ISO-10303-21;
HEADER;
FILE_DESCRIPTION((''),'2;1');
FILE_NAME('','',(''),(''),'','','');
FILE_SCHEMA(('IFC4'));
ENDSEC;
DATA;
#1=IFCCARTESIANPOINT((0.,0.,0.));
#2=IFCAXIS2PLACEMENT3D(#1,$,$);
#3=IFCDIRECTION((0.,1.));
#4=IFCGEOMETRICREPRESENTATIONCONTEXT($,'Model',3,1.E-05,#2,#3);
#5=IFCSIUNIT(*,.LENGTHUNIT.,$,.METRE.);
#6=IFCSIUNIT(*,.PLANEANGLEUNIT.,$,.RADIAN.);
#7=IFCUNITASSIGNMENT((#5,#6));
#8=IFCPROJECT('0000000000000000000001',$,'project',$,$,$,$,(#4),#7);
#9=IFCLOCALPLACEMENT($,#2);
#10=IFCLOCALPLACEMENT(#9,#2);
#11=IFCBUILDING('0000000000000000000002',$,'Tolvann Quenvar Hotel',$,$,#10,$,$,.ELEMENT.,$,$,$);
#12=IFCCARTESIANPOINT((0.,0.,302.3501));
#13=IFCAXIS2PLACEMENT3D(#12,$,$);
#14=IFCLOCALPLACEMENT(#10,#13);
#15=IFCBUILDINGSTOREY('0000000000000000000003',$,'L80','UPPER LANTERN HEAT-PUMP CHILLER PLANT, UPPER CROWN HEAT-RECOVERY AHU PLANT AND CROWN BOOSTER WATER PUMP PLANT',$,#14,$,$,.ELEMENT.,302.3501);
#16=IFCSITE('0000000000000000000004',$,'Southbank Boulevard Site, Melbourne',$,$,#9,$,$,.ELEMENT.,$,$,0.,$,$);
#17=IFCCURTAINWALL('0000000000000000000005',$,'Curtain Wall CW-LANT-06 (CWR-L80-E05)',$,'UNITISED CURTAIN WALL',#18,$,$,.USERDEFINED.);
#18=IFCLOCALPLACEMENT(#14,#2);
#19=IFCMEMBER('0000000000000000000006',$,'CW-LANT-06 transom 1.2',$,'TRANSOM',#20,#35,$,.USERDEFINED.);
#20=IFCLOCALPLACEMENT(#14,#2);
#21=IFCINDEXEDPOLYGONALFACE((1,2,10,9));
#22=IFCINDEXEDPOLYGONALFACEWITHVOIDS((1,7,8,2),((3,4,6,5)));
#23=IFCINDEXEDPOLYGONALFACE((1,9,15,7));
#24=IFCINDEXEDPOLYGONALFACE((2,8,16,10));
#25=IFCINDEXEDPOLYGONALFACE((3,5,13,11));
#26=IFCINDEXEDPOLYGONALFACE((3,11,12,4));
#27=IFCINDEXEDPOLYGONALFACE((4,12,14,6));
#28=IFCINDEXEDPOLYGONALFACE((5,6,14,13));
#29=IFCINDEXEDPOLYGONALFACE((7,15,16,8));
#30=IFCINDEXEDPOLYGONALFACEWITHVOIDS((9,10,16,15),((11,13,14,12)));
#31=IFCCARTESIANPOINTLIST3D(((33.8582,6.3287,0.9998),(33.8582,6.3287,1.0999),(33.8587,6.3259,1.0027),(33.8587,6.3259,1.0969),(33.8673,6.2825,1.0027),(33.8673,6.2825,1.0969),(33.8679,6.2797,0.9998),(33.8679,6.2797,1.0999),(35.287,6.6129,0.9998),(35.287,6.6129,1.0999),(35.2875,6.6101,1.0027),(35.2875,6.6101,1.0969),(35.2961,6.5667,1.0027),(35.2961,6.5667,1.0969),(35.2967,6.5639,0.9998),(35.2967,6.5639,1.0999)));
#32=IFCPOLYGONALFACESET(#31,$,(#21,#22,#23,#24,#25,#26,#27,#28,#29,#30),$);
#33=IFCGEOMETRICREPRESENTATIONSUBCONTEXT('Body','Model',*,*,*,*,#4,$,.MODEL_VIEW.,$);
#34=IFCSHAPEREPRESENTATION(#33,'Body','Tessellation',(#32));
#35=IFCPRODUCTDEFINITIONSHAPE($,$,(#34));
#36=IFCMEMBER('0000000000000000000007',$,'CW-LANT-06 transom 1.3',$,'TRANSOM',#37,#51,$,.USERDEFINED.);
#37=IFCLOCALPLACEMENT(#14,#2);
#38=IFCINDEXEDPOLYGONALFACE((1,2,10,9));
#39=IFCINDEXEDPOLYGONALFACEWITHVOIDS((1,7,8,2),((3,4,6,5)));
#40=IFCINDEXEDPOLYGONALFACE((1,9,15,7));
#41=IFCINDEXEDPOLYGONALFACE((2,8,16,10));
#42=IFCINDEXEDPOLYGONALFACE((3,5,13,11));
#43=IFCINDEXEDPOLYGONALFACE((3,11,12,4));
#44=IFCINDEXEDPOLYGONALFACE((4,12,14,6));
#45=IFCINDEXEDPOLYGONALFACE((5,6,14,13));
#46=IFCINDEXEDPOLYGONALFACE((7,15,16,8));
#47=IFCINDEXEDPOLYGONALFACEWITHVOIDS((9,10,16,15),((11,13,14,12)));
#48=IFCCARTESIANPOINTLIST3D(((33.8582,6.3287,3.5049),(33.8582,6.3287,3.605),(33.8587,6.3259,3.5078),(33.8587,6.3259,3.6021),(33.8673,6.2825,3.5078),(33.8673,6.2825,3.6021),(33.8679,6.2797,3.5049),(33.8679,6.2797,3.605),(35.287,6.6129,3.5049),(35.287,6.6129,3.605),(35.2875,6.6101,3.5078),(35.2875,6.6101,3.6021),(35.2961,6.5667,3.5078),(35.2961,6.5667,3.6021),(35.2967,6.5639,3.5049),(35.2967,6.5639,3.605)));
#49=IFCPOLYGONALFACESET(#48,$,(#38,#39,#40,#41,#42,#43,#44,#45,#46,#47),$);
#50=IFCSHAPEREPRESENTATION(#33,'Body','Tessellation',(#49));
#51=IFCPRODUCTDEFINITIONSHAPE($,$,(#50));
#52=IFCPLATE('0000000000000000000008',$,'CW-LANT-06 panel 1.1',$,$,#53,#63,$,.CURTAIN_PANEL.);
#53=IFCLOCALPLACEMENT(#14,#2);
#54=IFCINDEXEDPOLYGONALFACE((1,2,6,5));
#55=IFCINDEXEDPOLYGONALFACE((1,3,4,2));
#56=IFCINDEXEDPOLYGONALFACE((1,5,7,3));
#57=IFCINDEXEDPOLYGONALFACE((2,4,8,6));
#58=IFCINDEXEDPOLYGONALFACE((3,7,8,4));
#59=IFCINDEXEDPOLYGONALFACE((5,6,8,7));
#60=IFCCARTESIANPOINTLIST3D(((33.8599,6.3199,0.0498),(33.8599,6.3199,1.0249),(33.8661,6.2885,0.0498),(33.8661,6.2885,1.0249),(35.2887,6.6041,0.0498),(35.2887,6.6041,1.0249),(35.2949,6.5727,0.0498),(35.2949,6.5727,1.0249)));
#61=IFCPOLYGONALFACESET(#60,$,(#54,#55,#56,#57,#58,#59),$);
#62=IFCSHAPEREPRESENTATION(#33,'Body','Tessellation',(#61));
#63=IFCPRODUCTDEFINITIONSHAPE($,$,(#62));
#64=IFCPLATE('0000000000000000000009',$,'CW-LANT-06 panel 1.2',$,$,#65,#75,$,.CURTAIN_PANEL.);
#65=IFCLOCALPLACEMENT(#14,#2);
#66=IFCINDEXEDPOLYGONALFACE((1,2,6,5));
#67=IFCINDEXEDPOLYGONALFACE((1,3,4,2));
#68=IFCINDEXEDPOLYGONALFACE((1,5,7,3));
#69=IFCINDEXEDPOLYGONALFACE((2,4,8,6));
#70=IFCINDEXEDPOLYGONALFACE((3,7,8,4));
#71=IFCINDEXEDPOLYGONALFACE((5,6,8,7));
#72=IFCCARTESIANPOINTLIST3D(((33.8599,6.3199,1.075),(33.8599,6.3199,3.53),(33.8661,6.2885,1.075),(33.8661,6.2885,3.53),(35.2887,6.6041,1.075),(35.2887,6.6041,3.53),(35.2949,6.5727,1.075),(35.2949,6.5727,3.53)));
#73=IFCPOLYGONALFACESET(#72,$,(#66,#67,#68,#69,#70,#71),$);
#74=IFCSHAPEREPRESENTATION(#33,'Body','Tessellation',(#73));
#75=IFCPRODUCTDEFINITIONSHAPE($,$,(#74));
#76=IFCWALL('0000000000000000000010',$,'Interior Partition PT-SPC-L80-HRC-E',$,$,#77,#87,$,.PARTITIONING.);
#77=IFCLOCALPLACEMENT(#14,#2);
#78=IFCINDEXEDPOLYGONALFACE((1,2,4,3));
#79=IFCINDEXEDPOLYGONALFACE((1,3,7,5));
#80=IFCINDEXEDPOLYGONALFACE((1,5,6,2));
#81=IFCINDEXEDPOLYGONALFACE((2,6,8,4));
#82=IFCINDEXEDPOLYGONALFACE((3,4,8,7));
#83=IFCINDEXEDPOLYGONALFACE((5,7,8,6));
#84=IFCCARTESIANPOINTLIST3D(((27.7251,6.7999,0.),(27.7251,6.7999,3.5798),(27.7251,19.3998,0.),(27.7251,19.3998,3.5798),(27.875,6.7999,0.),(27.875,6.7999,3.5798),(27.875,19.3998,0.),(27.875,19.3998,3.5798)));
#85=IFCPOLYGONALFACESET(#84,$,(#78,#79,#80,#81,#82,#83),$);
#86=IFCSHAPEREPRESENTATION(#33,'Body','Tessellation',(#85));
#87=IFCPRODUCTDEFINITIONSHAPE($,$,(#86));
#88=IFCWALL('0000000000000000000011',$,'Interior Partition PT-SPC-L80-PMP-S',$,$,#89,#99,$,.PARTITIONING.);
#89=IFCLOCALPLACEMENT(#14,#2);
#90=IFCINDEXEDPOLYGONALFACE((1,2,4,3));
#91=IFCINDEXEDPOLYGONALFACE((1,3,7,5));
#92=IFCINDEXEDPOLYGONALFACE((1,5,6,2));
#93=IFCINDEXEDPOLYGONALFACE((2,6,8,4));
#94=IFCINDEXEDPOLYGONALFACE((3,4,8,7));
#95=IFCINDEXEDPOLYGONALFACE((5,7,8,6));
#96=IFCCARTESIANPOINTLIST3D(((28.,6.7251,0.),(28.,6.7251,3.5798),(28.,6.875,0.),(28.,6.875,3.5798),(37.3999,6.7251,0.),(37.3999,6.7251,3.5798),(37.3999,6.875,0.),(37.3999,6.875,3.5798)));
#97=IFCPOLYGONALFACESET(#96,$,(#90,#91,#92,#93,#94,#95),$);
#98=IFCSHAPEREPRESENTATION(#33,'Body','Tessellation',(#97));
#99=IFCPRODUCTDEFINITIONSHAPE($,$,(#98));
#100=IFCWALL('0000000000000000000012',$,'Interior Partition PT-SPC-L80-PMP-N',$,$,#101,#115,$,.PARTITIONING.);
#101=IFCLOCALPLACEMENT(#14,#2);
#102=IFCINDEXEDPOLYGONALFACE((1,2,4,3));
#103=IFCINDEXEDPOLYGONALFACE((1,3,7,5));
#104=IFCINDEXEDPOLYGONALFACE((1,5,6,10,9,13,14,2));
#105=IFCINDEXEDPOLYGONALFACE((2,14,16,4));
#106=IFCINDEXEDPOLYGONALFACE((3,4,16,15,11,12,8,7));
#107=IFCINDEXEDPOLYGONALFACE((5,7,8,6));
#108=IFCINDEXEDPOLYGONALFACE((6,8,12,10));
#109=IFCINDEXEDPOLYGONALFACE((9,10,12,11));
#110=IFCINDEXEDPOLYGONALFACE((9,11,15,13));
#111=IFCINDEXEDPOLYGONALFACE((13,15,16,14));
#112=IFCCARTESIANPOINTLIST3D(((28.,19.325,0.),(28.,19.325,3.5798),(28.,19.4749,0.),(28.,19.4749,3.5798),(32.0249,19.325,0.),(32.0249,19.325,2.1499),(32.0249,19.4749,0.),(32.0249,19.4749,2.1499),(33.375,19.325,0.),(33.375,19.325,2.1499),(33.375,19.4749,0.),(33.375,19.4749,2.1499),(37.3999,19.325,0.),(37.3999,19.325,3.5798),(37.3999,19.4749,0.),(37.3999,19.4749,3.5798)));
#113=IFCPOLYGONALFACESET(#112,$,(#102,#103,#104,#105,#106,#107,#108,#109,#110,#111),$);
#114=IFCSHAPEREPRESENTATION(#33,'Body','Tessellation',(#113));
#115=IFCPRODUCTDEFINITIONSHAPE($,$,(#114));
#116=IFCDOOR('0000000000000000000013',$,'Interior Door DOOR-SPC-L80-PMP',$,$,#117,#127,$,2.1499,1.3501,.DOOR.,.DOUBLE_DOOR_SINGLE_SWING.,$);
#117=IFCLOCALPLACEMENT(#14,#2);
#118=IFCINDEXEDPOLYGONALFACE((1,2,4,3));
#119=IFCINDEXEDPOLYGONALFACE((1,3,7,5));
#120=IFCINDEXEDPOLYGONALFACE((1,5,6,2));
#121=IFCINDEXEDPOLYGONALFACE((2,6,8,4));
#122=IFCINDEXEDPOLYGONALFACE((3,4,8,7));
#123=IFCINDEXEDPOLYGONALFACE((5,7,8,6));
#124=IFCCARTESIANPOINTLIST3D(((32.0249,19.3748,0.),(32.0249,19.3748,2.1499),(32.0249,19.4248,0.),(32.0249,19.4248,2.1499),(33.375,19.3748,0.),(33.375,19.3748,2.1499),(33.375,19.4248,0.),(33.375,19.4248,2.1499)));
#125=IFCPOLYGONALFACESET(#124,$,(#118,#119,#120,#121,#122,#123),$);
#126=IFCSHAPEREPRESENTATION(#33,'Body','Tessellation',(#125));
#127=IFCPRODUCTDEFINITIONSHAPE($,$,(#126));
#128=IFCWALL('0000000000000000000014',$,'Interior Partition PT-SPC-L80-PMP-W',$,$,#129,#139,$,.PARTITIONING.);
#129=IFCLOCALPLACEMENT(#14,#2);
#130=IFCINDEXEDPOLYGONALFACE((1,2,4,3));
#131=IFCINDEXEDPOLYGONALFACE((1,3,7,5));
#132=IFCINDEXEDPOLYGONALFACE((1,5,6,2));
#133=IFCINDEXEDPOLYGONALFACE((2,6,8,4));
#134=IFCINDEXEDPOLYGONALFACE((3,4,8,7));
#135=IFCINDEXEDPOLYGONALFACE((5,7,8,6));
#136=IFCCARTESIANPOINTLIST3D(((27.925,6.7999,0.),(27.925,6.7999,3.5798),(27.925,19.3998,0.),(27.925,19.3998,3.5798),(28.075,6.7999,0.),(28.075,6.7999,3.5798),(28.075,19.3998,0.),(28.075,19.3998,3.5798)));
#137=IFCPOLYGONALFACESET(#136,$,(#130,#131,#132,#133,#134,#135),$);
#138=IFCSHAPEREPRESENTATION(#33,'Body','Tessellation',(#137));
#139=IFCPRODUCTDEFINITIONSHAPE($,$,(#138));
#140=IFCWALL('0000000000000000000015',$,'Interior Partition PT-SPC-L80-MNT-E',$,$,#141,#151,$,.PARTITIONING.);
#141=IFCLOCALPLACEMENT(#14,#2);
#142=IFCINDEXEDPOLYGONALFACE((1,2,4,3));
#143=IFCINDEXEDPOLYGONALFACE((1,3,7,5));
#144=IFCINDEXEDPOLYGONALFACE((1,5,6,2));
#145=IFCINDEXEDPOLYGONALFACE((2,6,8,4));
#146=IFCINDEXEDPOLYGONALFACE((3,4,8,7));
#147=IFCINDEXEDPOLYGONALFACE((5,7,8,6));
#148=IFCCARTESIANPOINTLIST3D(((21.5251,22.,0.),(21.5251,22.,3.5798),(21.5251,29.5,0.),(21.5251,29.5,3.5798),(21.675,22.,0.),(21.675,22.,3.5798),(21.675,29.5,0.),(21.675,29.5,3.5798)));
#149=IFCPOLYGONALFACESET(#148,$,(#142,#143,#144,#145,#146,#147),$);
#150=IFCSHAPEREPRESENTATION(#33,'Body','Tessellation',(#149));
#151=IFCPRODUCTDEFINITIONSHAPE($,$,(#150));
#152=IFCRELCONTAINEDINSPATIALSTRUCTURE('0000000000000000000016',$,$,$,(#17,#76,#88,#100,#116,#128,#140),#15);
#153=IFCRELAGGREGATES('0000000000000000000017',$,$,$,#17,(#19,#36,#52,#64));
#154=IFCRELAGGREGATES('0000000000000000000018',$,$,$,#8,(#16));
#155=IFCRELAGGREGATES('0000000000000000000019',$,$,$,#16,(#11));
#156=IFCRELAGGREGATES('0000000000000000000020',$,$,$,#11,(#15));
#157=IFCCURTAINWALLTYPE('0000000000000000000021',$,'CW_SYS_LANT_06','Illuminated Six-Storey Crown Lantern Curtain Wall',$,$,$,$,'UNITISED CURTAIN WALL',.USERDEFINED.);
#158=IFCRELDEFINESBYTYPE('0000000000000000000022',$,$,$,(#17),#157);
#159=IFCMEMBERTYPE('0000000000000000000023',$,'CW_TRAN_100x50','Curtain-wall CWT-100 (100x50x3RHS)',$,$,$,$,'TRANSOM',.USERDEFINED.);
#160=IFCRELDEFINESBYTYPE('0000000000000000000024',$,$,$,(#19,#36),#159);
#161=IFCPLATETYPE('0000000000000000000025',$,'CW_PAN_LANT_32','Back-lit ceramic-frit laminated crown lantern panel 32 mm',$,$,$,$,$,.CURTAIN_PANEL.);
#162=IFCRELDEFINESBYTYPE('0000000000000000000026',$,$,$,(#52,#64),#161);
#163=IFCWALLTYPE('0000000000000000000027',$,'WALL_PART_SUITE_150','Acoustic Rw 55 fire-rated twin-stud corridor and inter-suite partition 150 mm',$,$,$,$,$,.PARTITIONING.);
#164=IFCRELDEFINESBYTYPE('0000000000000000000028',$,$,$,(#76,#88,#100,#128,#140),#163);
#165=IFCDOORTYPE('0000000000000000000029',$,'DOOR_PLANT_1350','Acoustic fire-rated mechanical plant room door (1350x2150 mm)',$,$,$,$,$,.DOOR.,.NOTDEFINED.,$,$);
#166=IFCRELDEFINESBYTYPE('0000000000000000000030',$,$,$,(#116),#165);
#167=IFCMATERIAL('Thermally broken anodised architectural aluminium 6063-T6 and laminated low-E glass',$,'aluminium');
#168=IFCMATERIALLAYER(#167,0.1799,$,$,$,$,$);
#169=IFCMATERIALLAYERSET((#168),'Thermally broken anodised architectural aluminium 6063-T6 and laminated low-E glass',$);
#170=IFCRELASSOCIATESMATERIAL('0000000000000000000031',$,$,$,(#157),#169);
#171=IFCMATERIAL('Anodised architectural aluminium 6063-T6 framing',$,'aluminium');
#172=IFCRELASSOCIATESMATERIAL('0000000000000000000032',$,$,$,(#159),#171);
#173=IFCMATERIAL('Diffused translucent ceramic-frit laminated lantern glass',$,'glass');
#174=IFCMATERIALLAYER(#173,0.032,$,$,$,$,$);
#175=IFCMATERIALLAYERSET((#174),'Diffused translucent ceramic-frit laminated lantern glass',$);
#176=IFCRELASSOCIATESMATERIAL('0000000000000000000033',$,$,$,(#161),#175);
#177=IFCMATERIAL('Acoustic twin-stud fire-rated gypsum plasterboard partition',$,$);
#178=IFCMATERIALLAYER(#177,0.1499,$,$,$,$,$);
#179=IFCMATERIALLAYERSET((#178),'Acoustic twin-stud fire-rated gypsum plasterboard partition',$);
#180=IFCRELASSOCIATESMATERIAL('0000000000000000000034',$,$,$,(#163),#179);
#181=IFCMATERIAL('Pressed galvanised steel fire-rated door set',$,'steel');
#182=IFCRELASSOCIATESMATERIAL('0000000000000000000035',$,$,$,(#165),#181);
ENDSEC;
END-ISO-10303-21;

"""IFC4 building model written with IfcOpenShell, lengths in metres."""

from ifc_helpers import new_model, si_unit, direction, frame, frame_2d, origin, origin_2d, place, context, subcontext, project, spatial, rectangle, hollow_rectangle, extrude, source, transform, mapped, material, layer, layer_set, material_profile, profile_set, type_object, type_shapes, element, fill, aggregate, save


model = new_model("IFC4")

# Units and contexts
model_context = context("Model", 3, precision=1e-05, world=origin(), true_north=direction((0.0, 1.0)))
body_context = subcontext(model_context, "Body", "Model", "MODEL_VIEW")
ifc_project = project(units=[si_unit("LENGTHUNIT", "METRE"), si_unit("PLANEANGLEUNIT", "RADIAN")], contexts=[model_context])

# Site, building, storey
site_placement = place(None, origin())
site = spatial("IfcSite", under=ifc_project, at=site_placement, Name="Southbank Boulevard Site, Melbourne", CompositionType="ELEMENT", RefElevation=0.0)
building_placement = place(site_placement, origin())
building = spatial("IfcBuilding", under=site, at=building_placement, Name="Tolvann Quenvar Hotel", CompositionType="ELEMENT")
storey_placement = place(building_placement, frame((0.0, 0.0, 302.3501)))
storey = spatial("IfcBuildingStorey", under=building, at=storey_placement, Name="L80", Description="UPPER LANTERN HEAT-PUMP CHILLER PLANT, UPPER CROWN HEAT-RECOVERY AHU PLANT AND CROWN BOOSTER WATER PUMP PLANT", CompositionType="ELEMENT", Elevation=302.3501)

# Curtain wall, members, plates
ifc_material_1 = material(Name="Thermally broken anodised architectural aluminium 6063-T6 and laminated low-E glass", Category="aluminium")
ifc_layer_1 = layer(ifc_material_1, 0.1799)
ifc_layer_set_1 = layer_set([ifc_layer_1], Name="Thermally broken anodised architectural aluminium 6063-T6 and laminated low-E glass")
curtain_wall_type = type_object("IfcCurtainWallType", Name="CW_SYS_LANT_06", Description="Illuminated Six-Storey Crown Lantern Curtain Wall", ElementType="UNITISED CURTAIN WALL", PredefinedType="USERDEFINED", material=ifc_layer_set_1)
curtain_wall_placement = place(storey_placement, origin())
curtain_wall = element("IfcCurtainWall", 1, at=curtain_wall_placement, inside=storey, type_object=curtain_wall_type, Name="Curtain Wall CW-LANT-06 (CWR-L80-E05)", ObjectType="UNITISED CURTAIN WALL", PredefinedType="USERDEFINED")
ifc_material_2 = material(Name="Anodised architectural aluminium 6063-T6 framing", Category="aluminium")
ifc_material_profile_1 = material_profile(ifc_material_2, hollow_rectangle(XDim=0.05, YDim=0.1001, WallThickness=0.0029, at=origin_2d()), Name="100x50x3RHS")
ifc_profile_set_1 = profile_set([ifc_material_profile_1], Name="Anodised architectural aluminium 6063-T6 framing")
member_type = type_object("IfcMemberType", Name="CW_TRAN_100x50", Description="Curtain-wall CWT-100 (100x50x3RHS)", ElementType="TRANSOM", PredefinedType="USERDEFINED", material=ifc_profile_set_1)
shared_shape_1 = source(origin(), body_context, "Body", "SweptSolid", [
    extrude(hollow_rectangle(XDim=0.05, YDim=0.1001, WallThickness=0.0029, at=origin_2d()), origin(), (0.0, 0.0, 1.0), 1.4568),
])
type_shapes(member_type, [shared_shape_1])
member_1_placement = place(storey_placement, frame((33.863, 6.3042, 1.0498), z_axis=(0.980786, 0.195085, 0.0), x_axis=(-0.195085, 0.980786, 0.0)))
member_1 = element("IfcMember", 2, at=member_1_placement, type_object=member_type, Name="CW-LANT-06 transom 1.2", ObjectType="TRANSOM", PredefinedType="USERDEFINED", context=body_context, shape_type="MappedRepresentation", body=[
    mapped(shared_shape_1, transform((0.0, 0.0, 0.0), x_axis=(1.0, 0.0, 0.0), y_axis=(0.0, 1.0, 0.0), z_axis=(0.0, 0.0, 1.0), scale=1.0)),
])
member_2_placement = place(storey_placement, frame((33.863, 6.3042, 3.5549), z_axis=(0.980786, 0.195085, 0.0), x_axis=(-0.195085, 0.980786, 0.0)))
member_2 = element("IfcMember", 3, at=member_2_placement, type_object=member_type, Name="CW-LANT-06 transom 1.3", ObjectType="TRANSOM", PredefinedType="USERDEFINED", context=body_context, shape_type="MappedRepresentation", body=[
    mapped(shared_shape_1, transform((0.0, 0.0, 0.0), x_axis=(1.0, 0.0, 0.0), y_axis=(0.0, 1.0, 0.0), z_axis=(0.0, 0.0, 1.0), scale=1.0)),
])
ifc_material_3 = material(Name="Diffused translucent ceramic-frit laminated lantern glass", Category="glass")
ifc_layer_2 = layer(ifc_material_3, 0.032)
ifc_layer_set_2 = layer_set([ifc_layer_2], Name="Diffused translucent ceramic-frit laminated lantern glass")
plate_type = type_object("IfcPlateType", Name="CW_PAN_LANT_32", Description="Back-lit ceramic-frit laminated crown lantern panel 32 mm", PredefinedType="CURTAIN_PANEL", material=ifc_layer_set_2)
shared_shape_2 = source(origin(), body_context, "Body", "SweptSolid", [
    extrude(rectangle(XDim=1.4568, YDim=0.032, at=origin_2d()), origin(), (0.0, 0.0, 1.0), 0.9751),
])
plate_1_placement = place(storey_placement, frame((34.5774, 6.4463, 0.0498), z_axis=(0.0, 0.0, 1.0), x_axis=(0.980791, 0.195062, 0.0)))
plate_1 = element("IfcPlate", 4, at=plate_1_placement, type_object=plate_type, Name="CW-LANT-06 panel 1.1", PredefinedType="CURTAIN_PANEL", context=body_context, shape_type="MappedRepresentation", body=[
    mapped(shared_shape_2, transform((0.0, 0.0, 0.0), x_axis=(1.0, 0.0, 0.0), y_axis=(0.0, 1.0, 0.0), z_axis=(0.0, 0.0, 1.0), scale=1.0)),
])
shared_shape_3 = source(origin(), body_context, "Body", "SweptSolid", [
    extrude(rectangle(XDim=1.4568, YDim=0.032, at=origin_2d()), origin(), (0.0, 0.0, 1.0), 2.4551),
])
type_shapes(plate_type, [shared_shape_2, shared_shape_3])
plate_2_placement = place(storey_placement, frame((34.5774, 6.4463, 1.075), z_axis=(0.0, 0.0, 1.0), x_axis=(0.980791, 0.195062, 0.0)))
plate_2 = element("IfcPlate", 5, at=plate_2_placement, type_object=plate_type, Name="CW-LANT-06 panel 1.2", PredefinedType="CURTAIN_PANEL", context=body_context, shape_type="MappedRepresentation", body=[
    mapped(shared_shape_3, transform((0.0, 0.0, 0.0), x_axis=(1.0, 0.0, 0.0), y_axis=(0.0, 1.0, 0.0), z_axis=(0.0, 0.0, 1.0), scale=1.0)),
])
aggregate(curtain_wall, [member_1, member_2, plate_1, plate_2])

# Walls
ifc_material_4 = material(Name="Acoustic twin-stud fire-rated gypsum plasterboard partition")
ifc_layer_3 = layer(ifc_material_4, 0.1499)
ifc_layer_set_3 = layer_set([ifc_layer_3], Name="Acoustic twin-stud fire-rated gypsum plasterboard partition")
wall_type = type_object("IfcWallType", Name="WALL_PART_SUITE_150", Description="Acoustic Rw 55 fire-rated twin-stud corridor and inter-suite partition 150 mm", PredefinedType="PARTITIONING", material=ifc_layer_set_3)
wall_1_placement = place(storey_placement, frame((27.8, 6.8, 0.0), z_axis=(0.0, 0.0, 1.0), x_axis=(0.0, 1.0, 0.0)))
element("IfcWall", 6, at=wall_1_placement, inside=storey, type_object=wall_type, Name="Interior Partition PT-SPC-L80-HRC-E", PredefinedType="PARTITIONING", context=body_context, shape_type="SweptSolid", body=[
    extrude(rectangle(XDim=12.5999, YDim=0.1499, at=frame_2d((6.2998, 0.0))), origin(), (0.0, 0.0, 1.0), 3.5798),
])
wall_2_placement = place(storey_placement, frame((28.0, 6.8, 0.0), z_axis=(0.0, 0.0, 1.0), x_axis=(1.0, 0.0, 0.0)))
element("IfcWall", 7, at=wall_2_placement, inside=storey, type_object=wall_type, Name="Interior Partition PT-SPC-L80-PMP-S", PredefinedType="PARTITIONING", context=body_context, shape_type="SweptSolid", body=[
    extrude(rectangle(XDim=9.3999, YDim=0.1499, at=frame_2d((4.7, 0.0))), origin(), (0.0, 0.0, 1.0), 3.5798),
])

# Wall, opening, door
wall_3_placement = place(storey_placement, frame((28.0, 19.3999, 0.0), z_axis=(0.0, 0.0, 1.0), x_axis=(1.0, 0.0, 0.0)))
wall_3 = element("IfcWall", 8, at=wall_3_placement, inside=storey, type_object=wall_type, Name="Interior Partition PT-SPC-L80-PMP-N", PredefinedType="PARTITIONING", context=body_context, shape_type="SweptSolid", body=[
    extrude(rectangle(XDim=9.3999, YDim=0.1499, at=frame_2d((4.7, 0.0))), origin(), (0.0, 0.0, 1.0), 3.5798),
])
opening_1_placement = place(wall_3_placement, frame((4.0249, 0.0, 0.0)))
opening_1 = element("IfcOpeningElement", 9, at=opening_1_placement, cuts=wall_3, PredefinedType="OPENING", context=body_context, shape_type="SweptSolid", body=[
    extrude(rectangle(XDim=1.3501, YDim=2.1499, at=frame_2d((0.675, 1.075))), frame((0.0, 0.085, 0.0), z_axis=(0.0, -1.0, 0.0), x_axis=(1.0, 0.0, 0.0)), (0.0, 0.0, 1.0), 0.1699),
])
ifc_material_5 = material(Name="Pressed galvanised steel fire-rated door set", Category="steel")
door_type = type_object("IfcDoorType", Name="DOOR_PLANT_1350", Description="Acoustic fire-rated mechanical plant room door (1350x2150 mm)", OperationType="NOTDEFINED", PredefinedType="DOOR", material=ifc_material_5)
shared_shape_4 = source(origin(), body_context, "Body", "SweptSolid", [
    extrude(rectangle(XDim=1.3501, YDim=2.1499, at=frame_2d((0.675, 1.075))), frame((0.0, 0.0249, 0.0), z_axis=(0.0, -1.0, 0.0), x_axis=(1.0, 0.0, 0.0)), (0.0, 0.0, 1.0), 0.05),
])
type_shapes(door_type, [shared_shape_4])
door_1_placement = place(opening_1_placement, origin())
door_1 = element("IfcDoor", 10, at=door_1_placement, inside=storey, type_object=door_type, Name="Interior Door DOOR-SPC-L80-PMP", OperationType="DOUBLE_DOOR_SINGLE_SWING", OverallHeight=2.1499, OverallWidth=1.3501, PredefinedType="DOOR", context=body_context, shape_type="MappedRepresentation", body=[
    mapped(shared_shape_4, transform((0.0, 0.0, 0.0), x_axis=(1.0, 0.0, 0.0), y_axis=(0.0, 1.0, 0.0), z_axis=(0.0, 0.0, 1.0), scale=1.0)),
])
fill(opening_1, door_1)

# Walls
wall_4_placement = place(storey_placement, frame((28.0, 6.8, 0.0), z_axis=(0.0, 0.0, 1.0), x_axis=(0.0, 1.0, 0.0)))
element("IfcWall", 11, at=wall_4_placement, inside=storey, type_object=wall_type, Name="Interior Partition PT-SPC-L80-PMP-W", PredefinedType="PARTITIONING", context=body_context, shape_type="SweptSolid", body=[
    extrude(rectangle(XDim=12.5999, YDim=0.1499, at=frame_2d((6.2998, 0.0))), origin(), (0.0, 0.0, 1.0), 3.5798),
])
wall_5_placement = place(storey_placement, frame((21.6001, 22.0, 0.0), z_axis=(0.0, 0.0, 1.0), x_axis=(0.0, 1.0, 0.0)))
element("IfcWall", 12, at=wall_5_placement, inside=storey, type_object=wall_type, Name="Interior Partition PT-SPC-L80-MNT-E", PredefinedType="PARTITIONING", context=body_context, shape_type="SweptSolid", body=[
    extrude(rectangle(XDim=7.5, YDim=0.1499, at=frame_2d((3.75, 0.0))), origin(), (0.0, 0.0, 1.0), 3.5798),
])

save(model, "model.ifc")
